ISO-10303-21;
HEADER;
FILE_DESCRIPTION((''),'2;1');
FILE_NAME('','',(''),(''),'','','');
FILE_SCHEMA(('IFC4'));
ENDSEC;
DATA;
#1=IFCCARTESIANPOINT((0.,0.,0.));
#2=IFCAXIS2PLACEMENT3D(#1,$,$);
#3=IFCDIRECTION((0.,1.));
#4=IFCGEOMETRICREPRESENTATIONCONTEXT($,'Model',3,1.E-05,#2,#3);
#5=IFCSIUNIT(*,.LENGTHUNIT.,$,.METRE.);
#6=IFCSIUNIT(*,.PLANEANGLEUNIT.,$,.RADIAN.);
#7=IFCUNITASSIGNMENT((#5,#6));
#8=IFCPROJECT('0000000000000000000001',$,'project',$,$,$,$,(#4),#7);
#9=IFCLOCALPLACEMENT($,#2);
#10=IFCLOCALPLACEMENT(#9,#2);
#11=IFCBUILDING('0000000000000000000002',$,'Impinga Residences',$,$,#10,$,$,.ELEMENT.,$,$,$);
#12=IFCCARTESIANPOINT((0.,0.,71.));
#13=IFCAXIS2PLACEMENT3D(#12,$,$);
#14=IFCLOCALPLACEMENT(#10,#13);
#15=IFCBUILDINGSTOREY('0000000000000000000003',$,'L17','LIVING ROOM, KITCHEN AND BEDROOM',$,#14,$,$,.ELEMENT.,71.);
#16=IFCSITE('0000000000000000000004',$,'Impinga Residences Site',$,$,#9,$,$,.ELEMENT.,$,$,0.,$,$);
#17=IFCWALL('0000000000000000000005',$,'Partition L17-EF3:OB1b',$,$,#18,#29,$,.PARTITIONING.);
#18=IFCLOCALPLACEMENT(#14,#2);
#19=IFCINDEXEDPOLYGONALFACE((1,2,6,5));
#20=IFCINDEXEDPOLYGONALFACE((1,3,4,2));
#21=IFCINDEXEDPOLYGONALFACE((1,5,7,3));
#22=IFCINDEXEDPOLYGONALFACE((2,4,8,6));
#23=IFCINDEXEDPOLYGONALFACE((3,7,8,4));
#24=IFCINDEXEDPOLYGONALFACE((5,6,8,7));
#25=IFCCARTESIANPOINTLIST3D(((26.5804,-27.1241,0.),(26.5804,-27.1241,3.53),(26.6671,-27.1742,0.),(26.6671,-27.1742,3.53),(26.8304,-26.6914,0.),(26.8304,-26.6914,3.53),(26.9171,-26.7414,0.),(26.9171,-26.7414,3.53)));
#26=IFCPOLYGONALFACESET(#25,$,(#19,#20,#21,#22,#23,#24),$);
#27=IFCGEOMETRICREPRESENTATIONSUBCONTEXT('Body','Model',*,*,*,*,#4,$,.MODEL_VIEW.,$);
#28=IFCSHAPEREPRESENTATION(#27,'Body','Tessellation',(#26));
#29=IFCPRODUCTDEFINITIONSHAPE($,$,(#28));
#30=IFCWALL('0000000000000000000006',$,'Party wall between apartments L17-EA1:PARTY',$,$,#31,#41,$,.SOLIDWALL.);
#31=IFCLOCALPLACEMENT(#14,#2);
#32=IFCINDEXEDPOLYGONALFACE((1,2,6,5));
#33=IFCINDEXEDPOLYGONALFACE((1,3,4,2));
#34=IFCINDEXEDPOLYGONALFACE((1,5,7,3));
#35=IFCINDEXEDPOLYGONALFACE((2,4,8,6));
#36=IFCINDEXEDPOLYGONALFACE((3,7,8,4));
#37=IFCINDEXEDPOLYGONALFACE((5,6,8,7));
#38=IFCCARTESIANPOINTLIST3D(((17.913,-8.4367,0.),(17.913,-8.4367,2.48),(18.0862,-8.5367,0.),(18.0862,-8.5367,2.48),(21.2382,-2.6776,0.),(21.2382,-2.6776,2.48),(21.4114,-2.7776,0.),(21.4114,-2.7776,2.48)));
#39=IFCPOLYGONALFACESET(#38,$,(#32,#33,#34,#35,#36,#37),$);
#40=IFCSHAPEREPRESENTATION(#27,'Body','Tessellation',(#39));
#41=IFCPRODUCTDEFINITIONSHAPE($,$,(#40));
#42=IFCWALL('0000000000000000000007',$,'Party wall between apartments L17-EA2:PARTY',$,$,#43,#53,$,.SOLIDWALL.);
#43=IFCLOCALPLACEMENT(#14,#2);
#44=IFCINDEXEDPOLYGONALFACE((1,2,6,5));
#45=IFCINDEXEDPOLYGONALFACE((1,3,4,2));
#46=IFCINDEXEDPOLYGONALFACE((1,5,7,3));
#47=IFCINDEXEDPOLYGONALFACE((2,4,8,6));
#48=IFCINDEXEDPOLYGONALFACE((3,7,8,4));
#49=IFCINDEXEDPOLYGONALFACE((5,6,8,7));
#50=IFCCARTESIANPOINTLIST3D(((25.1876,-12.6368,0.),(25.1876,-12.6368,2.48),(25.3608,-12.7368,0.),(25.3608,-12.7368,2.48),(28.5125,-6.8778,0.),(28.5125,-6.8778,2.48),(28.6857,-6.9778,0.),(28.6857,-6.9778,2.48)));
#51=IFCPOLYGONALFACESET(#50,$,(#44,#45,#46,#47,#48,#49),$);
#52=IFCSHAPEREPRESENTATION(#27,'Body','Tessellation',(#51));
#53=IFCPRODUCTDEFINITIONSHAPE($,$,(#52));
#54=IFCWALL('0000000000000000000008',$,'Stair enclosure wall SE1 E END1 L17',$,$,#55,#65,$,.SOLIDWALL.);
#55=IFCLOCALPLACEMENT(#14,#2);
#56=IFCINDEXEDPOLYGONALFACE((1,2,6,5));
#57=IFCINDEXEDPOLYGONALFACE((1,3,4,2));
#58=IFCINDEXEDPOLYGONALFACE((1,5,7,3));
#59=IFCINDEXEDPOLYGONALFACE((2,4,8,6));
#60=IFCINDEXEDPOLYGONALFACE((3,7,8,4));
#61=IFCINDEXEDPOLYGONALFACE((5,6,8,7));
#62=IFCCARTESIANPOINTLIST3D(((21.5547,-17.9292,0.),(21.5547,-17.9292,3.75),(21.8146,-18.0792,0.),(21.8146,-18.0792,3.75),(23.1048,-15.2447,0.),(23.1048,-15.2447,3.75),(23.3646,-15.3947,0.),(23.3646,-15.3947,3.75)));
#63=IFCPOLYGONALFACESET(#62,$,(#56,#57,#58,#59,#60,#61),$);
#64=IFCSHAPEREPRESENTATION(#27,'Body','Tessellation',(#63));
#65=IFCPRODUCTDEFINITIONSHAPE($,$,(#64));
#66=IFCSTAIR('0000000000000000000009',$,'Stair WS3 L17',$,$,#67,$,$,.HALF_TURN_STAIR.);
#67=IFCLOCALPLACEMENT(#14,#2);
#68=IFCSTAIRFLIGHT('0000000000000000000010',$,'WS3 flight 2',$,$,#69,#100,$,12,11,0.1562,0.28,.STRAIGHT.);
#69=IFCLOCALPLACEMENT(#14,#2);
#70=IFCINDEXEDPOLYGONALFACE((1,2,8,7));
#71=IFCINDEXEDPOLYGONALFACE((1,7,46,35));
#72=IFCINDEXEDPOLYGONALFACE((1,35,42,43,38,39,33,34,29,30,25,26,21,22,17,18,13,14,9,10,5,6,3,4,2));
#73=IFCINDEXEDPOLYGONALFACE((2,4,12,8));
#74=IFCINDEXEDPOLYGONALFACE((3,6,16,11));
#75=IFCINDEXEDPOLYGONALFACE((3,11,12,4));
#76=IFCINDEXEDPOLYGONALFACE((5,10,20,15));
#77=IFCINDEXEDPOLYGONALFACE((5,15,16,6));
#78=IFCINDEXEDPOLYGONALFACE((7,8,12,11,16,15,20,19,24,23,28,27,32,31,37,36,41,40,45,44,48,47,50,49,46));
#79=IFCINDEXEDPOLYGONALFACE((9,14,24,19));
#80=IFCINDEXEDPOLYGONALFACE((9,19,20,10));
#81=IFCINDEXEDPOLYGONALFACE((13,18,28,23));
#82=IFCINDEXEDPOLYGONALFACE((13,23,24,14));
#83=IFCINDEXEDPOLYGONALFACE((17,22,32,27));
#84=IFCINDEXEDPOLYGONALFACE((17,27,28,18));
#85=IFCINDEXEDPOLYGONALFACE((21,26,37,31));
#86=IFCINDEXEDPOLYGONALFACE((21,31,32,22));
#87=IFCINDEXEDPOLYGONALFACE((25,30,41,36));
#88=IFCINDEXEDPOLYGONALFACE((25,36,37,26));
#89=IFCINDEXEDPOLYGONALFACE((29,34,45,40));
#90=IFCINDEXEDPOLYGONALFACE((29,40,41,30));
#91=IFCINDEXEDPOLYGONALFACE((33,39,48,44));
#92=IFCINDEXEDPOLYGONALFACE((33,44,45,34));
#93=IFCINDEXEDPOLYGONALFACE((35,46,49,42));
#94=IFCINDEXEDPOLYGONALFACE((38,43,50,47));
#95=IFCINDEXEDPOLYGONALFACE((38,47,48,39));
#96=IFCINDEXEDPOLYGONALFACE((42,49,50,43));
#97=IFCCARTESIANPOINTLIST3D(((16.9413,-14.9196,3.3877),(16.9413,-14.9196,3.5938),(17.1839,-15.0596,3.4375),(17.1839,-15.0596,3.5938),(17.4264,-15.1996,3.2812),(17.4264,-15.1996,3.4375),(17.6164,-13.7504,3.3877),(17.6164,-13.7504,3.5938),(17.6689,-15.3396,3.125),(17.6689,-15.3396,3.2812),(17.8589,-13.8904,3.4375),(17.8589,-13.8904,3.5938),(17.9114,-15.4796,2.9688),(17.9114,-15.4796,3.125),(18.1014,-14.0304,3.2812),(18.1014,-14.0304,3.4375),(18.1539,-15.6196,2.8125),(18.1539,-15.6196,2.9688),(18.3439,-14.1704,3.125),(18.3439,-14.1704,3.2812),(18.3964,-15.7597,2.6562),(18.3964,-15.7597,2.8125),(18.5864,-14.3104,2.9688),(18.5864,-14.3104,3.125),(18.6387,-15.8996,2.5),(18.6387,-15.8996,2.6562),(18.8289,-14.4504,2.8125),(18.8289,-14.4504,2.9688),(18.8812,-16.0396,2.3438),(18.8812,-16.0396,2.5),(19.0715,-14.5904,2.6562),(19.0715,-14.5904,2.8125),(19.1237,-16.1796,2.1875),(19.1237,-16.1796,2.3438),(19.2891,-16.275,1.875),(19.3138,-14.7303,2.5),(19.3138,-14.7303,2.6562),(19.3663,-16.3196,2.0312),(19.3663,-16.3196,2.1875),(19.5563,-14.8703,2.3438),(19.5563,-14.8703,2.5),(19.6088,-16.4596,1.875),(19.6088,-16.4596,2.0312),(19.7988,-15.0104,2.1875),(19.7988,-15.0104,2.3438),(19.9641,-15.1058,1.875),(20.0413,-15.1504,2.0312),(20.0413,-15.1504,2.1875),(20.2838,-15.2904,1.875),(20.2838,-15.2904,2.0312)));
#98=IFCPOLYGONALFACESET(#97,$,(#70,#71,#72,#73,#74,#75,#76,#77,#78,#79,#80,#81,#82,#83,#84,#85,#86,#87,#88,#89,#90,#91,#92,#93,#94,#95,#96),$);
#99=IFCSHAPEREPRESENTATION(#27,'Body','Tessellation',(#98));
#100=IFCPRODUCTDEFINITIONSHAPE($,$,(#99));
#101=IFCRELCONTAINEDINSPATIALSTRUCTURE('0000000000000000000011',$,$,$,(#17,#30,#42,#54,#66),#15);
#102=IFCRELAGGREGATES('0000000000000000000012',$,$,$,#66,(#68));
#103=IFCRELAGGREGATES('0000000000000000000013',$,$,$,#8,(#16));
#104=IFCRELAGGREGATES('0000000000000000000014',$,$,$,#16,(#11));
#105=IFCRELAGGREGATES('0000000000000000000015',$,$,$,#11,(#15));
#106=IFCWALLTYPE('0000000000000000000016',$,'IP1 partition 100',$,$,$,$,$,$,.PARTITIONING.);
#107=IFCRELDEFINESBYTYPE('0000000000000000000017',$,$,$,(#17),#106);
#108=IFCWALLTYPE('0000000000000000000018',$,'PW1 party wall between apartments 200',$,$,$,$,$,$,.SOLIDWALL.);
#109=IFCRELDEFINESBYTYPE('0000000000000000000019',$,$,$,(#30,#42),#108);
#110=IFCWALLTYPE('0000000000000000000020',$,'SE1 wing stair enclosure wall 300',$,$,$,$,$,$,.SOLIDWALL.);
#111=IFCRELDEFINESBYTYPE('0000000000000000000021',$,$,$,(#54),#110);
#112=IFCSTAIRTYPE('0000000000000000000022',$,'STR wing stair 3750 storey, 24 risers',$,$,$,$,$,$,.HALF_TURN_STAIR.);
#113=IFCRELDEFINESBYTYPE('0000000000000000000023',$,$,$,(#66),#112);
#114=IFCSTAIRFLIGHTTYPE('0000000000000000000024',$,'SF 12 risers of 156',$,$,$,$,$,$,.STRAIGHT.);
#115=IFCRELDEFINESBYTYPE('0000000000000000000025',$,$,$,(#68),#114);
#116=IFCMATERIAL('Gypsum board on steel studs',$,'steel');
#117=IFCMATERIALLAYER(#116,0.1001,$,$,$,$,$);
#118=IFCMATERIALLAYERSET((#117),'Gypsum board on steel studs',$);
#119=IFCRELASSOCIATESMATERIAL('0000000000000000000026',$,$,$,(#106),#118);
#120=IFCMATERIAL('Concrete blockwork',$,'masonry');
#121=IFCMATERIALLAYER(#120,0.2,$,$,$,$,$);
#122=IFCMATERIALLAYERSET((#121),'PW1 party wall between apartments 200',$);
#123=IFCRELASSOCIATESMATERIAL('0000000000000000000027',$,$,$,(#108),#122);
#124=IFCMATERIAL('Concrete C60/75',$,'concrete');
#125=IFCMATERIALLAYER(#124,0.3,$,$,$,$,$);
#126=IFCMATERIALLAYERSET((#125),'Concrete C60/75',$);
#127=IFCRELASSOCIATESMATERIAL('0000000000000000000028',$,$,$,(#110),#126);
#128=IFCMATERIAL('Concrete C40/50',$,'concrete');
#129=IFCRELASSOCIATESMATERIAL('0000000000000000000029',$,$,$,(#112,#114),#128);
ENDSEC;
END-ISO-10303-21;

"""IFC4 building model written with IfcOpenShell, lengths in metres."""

from ifc_helpers import new_model, si_unit, direction, frame, frame_2d, origin, place, context, subcontext, project, spatial, polyline, rectangle, outline, extrude, material, layer, layer_set, type_object, element, aggregate, save


model = new_model("IFC4")

# Units and contexts
model_context = context("Model", 3, precision=1e-05, world=origin(), true_north=direction((0.0, 1.0)))
body_context = subcontext(model_context, "Body", "Model", "MODEL_VIEW")
ifc_project = project(units=[si_unit("LENGTHUNIT", "METRE"), si_unit("PLANEANGLEUNIT", "RADIAN")], contexts=[model_context])

# Site, building, storey
site_placement = place(None, origin())
site = spatial("IfcSite", under=ifc_project, at=site_placement, Name="Impinga Residences Site", CompositionType="ELEMENT", RefElevation=0.0)
building_placement = place(site_placement, origin())
building = spatial("IfcBuilding", under=site, at=building_placement, Name="Impinga Residences", CompositionType="ELEMENT")
storey_placement = place(building_placement, frame((0.0, 0.0, 71.0)))
storey = spatial("IfcBuildingStorey", under=building, at=storey_placement, Name="L17", Description="LIVING ROOM, KITCHEN AND BEDROOM", CompositionType="ELEMENT", Elevation=71.0)

# Shared definitions
ifc_material_1 = material(Name="Concrete C60/75", Category="concrete")

# Shared definitions
ifc_material_2 = material(Name="Gypsum board on steel studs", Category="steel")
ifc_layer_1 = layer(ifc_material_2, 0.1001)
ifc_layer_set_1 = layer_set([ifc_layer_1], Name="Gypsum board on steel studs")
wall_type_1 = type_object("IfcWallType", Name="IP1 partition 100", PredefinedType="PARTITIONING", material=ifc_layer_set_1)

# Walls
wall_1_placement = place(storey_placement, frame((26.8738, -26.7163, 0.0), z_axis=(0.0, 0.0, 1.0), x_axis=(-0.500131, -0.86595, 0.0)))
element("IfcWall", 1, at=wall_1_placement, inside=storey, type_object=wall_type_1, Name="Partition L17-EF3:OB1b", PredefinedType="PARTITIONING", context=body_context, shape_type="SweptSolid", body=[
    extrude(rectangle(XDim=0.4998, YDim=0.1001, at=frame_2d((0.25, 0.0))), origin(), (0.0, 0.0, 1.0), 3.53),
])
ifc_material_3 = material(Name="Concrete blockwork", Category="masonry")
ifc_layer_2 = layer(ifc_material_3, 0.2)
ifc_layer_set_2 = layer_set([ifc_layer_2], Name="PW1 party wall between apartments 200")
wall_type_2 = type_object("IfcWallType", Name="PW1 party wall between apartments 200", PredefinedType="SOLIDWALL", material=ifc_layer_set_2)
wall_2_placement = place(storey_placement, frame((17.9995, -8.4868, 0.0), z_axis=(0.0, 0.0, 1.0), x_axis=(0.500024, 0.866011, 0.0)))
element("IfcWall", 2, at=wall_2_placement, inside=storey, type_object=wall_type_2, Name="Party wall between apartments L17-EA1:PARTY", PredefinedType="SOLIDWALL", context=body_context, shape_type="SweptSolid", body=[
    extrude(rectangle(XDim=6.6501, YDim=0.2, at=frame_2d((3.3252, 0.0))), origin(), (0.0, 0.0, 1.0), 2.48),
])
wall_3_placement = place(storey_placement, frame((25.2742, -12.6868, 0.0), z_axis=(0.0, 0.0, 1.0), x_axis=(0.499997, 0.866027, 0.0)))
element("IfcWall", 3, at=wall_3_placement, inside=storey, type_object=wall_type_2, Name="Party wall between apartments L17-EA2:PARTY", PredefinedType="SOLIDWALL", context=body_context, shape_type="SweptSolid", body=[
    extrude(rectangle(XDim=6.6499, YDim=0.2, at=frame_2d((3.325, 0.0))), origin(), (0.0, 0.0, 1.0), 2.48),
])
ifc_layer_3 = layer(ifc_material_1, 0.3)
ifc_layer_set_3 = layer_set([ifc_layer_3], Name="Concrete C60/75")
wall_type_3 = type_object("IfcWallType", Name="SE1 wing stair enclosure wall 300", PredefinedType="SOLIDWALL", material=ifc_layer_set_3)
wall_4_placement = place(storey_placement, frame((23.2346, -15.3198, 0.0), z_axis=(0.0, 0.0, 1.0), x_axis=(-0.500027, -0.86601, 0.0)))
element("IfcWall", 4, at=wall_4_placement, inside=storey, type_object=wall_type_3, Name="Stair enclosure wall SE1 E END1 L17", PredefinedType="SOLIDWALL", context=body_context, shape_type="SweptSolid", body=[
    extrude(rectangle(XDim=3.0999, YDim=0.3, at=frame_2d((1.5498, 0.0))), origin(), (0.0, 0.0, 1.0), 3.75),
])

# Stair, stair flight
ifc_material_4 = material(Name="Concrete C40/50", Category="concrete")
stair_type = type_object("IfcStairType", Name="STR wing stair 3750 storey, 24 risers", PredefinedType="HALF_TURN_STAIR", material=ifc_material_4)
stair_placement = place(storey_placement, origin())
stair = element("IfcStair", 5, at=stair_placement, inside=storey, type_object=stair_type, Name="Stair WS3 L17", PredefinedType="HALF_TURN_STAIR")
stair_flight_type = type_object("IfcStairFlightType", Name="SF 12 risers of 156", PredefinedType="STRAIGHT", material=ifc_material_4)
stair_flight_placement = place(storey_placement, frame((19.9463, -15.875, 1.875), z_axis=(0.0, 0.0, 1.0), x_axis=(-0.866025, 0.5, 0.0)))
stair_flight = element("IfcStairFlight", 6, at=stair_flight_placement, type_object=stair_flight_type, Name="WS3 flight 2", NumberOfRisers=12, NumberOfTreads=11, PredefinedType="STRAIGHT", RiserHeight=0.1562, TreadLength=0.28, context=body_context, shape_type="SweptSolid", body=[
    extrude(outline(polyline([(0.0, 0.0), (0.0, 0.1562), (0.28, 0.1562), (0.28, 0.3125), (0.5601, 0.3125), (0.5601, 0.4688), (0.8401, 0.4688), (0.8401, 0.625), (1.1201, 0.625), (1.1201, 0.7812), (1.3999, 0.7812), (1.3999, 0.9375), (1.6799, 0.9375), (1.6799, 1.0938), (1.96, 1.0938), (1.96, 1.25), (2.24, 1.25), (2.24, 1.4062), (2.52, 1.4062), (2.52, 1.5625), (2.8, 1.5625), (2.8, 1.7188), (3.0801, 1.7188), (3.0801, 1.875), (3.0801, 1.5127), (0.3691, 0.0), (0.0, 0.0)])), frame((0.0, 0.675, 0.0), z_axis=(0.0, -1.0, 0.0), x_axis=(1.0, 0.0, 0.0)), (0.0, 0.0, 1.0), 1.3501),
])
aggregate(stair, [stair_flight])

save(model, "model.ifc")
